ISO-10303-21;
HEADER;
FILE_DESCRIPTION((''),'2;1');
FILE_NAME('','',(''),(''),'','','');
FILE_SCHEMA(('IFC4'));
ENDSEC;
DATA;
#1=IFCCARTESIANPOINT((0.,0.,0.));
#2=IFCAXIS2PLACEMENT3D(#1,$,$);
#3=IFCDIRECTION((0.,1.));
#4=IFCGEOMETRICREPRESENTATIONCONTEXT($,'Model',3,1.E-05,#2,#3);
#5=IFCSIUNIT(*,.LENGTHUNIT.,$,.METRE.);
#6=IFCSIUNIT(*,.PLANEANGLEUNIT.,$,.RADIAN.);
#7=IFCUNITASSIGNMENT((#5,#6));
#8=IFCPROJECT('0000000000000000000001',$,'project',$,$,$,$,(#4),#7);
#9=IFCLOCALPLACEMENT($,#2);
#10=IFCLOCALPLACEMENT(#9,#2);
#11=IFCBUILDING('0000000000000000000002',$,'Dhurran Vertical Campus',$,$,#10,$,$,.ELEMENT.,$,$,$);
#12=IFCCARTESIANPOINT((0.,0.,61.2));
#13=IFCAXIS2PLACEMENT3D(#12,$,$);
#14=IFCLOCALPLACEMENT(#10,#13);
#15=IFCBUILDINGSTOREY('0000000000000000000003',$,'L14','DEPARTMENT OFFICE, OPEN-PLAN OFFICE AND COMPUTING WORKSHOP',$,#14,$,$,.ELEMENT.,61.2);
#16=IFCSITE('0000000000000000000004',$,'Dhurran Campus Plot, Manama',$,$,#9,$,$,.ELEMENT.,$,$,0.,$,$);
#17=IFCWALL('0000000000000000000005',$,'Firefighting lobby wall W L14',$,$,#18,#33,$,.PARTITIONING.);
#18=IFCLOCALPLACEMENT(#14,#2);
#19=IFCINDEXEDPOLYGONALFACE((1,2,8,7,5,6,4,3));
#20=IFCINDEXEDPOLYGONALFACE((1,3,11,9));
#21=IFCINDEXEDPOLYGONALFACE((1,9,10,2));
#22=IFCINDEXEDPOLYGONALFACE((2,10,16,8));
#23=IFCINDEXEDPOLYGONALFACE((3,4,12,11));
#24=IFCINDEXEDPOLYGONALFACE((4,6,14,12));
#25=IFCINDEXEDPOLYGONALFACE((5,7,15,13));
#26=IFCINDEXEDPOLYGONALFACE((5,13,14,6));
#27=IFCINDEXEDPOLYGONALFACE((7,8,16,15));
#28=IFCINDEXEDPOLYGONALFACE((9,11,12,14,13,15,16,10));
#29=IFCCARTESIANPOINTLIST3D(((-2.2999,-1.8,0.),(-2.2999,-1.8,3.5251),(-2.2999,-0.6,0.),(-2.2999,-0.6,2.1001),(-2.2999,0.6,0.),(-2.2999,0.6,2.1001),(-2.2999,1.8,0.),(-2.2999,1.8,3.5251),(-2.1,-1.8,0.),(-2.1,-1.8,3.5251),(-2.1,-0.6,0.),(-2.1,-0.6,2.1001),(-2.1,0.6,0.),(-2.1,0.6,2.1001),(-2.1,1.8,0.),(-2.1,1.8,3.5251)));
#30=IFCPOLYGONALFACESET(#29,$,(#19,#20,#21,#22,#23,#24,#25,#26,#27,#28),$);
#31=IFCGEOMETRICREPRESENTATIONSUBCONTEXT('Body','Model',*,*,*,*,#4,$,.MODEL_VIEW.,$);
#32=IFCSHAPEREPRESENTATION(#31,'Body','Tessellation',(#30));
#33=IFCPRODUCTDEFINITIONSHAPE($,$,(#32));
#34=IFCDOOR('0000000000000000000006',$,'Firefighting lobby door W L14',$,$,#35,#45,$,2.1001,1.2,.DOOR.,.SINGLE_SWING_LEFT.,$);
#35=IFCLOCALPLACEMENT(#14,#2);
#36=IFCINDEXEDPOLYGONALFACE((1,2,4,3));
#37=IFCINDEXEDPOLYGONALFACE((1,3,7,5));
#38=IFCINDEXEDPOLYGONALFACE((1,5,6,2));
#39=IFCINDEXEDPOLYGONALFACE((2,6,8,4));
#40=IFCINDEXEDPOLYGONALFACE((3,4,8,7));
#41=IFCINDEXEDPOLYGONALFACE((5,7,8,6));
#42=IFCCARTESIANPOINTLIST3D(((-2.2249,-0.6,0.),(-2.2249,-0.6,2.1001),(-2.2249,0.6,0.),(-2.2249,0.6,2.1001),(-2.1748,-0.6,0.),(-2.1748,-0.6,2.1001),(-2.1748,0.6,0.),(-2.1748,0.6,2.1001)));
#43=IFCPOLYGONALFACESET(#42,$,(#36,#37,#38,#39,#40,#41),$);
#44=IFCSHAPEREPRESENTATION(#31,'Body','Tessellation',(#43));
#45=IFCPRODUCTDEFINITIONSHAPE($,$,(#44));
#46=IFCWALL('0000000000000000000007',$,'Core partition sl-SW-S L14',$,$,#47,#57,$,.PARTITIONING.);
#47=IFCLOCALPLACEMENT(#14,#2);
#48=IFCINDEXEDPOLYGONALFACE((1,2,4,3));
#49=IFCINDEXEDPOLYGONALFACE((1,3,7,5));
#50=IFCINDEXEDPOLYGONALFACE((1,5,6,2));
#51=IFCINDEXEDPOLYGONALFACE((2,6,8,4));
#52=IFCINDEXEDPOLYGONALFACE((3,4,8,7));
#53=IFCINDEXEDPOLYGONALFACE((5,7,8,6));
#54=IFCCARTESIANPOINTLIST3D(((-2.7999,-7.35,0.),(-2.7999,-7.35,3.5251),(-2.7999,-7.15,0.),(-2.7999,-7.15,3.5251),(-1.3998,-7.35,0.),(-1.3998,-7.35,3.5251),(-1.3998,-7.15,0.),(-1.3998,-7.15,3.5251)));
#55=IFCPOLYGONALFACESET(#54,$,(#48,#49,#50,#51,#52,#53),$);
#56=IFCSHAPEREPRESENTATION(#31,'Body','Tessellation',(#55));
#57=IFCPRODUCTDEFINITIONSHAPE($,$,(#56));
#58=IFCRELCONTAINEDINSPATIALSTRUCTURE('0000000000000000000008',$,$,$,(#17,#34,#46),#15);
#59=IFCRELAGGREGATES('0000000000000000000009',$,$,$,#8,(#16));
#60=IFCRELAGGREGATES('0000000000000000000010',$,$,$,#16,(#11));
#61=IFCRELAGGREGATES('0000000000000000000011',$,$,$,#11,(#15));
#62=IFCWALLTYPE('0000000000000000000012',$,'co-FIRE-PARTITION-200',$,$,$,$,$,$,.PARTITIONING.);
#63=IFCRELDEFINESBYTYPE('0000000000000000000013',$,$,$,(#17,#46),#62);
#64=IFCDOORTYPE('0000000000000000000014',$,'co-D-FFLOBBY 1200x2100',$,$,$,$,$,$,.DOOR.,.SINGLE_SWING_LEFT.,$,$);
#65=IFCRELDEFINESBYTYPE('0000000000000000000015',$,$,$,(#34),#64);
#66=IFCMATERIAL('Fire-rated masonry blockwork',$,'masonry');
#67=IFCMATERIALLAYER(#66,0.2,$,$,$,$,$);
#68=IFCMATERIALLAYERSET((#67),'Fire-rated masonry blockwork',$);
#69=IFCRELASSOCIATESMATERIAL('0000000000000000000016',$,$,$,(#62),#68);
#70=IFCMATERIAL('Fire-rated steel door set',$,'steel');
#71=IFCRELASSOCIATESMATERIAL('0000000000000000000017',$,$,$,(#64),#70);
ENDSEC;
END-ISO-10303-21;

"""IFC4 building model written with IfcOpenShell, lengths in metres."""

from ifc_helpers import new_model, si_unit, direction, frame, frame_2d, origin, place, context, subcontext, project, spatial, rectangle, extrude, material, layer, layer_set, type_object, element, fill, save


model = new_model("IFC4")

# Units and contexts
model_context = context("Model", 3, precision=1e-05, world=origin(), true_north=direction((0.0, 1.0)))
body_context = subcontext(model_context, "Body", "Model", "MODEL_VIEW")
ifc_project = project(units=[si_unit("LENGTHUNIT", "METRE"), si_unit("PLANEANGLEUNIT", "RADIAN")], contexts=[model_context])

# Site, building, storey
site_placement = place(None, origin())
site = spatial("IfcSite", under=ifc_project, at=site_placement, Name="Dhurran Campus Plot, Manama", CompositionType="ELEMENT", RefElevation=0.0)
building_placement = place(site_placement, origin())
building = spatial("IfcBuilding", under=site, at=building_placement, Name="Dhurran Vertical Campus", CompositionType="ELEMENT")
storey_placement = place(building_placement, frame((0.0, 0.0, 61.2)))
storey = spatial("IfcBuildingStorey", under=building, at=storey_placement, Name="L14", Description="DEPARTMENT OFFICE, OPEN-PLAN OFFICE AND COMPUTING WORKSHOP", CompositionType="ELEMENT", Elevation=61.2)

# Wall, opening, door
ifc_material_1 = material(Name="Fire-rated masonry blockwork", Category="masonry")
ifc_layer_1 = layer(ifc_material_1, 0.2)
ifc_layer_set_1 = layer_set([ifc_layer_1], Name="Fire-rated masonry blockwork")
wall_type_1 = type_object("IfcWallType", Name="co-FIRE-PARTITION-200", PredefinedType="PARTITIONING", material=ifc_layer_set_1)
wall_1_placement = place(storey_placement, frame((-2.2, -1.8, 0.0), z_axis=(0.0, 0.0, 1.0), x_axis=(0.0, 1.0, 0.0)))
wall_1 = element("IfcWall", 1, at=wall_1_placement, inside=storey, type_object=wall_type_1, Name="Firefighting lobby wall W L14", PredefinedType="PARTITIONING", context=body_context, shape_type="SweptSolid", body=[
    extrude(rectangle(XDim=3.6001, YDim=0.2, at=frame_2d((1.8, 0.0))), origin(), (0.0, 0.0, 1.0), 3.5251),
])
opening_1_placement = place(wall_1_placement, frame((1.2, 0.0, 0.0)))
opening_1 = element("IfcOpeningElement", 2, at=opening_1_placement, cuts=wall_1, PredefinedType="OPENING", context=body_context, shape_type="SweptSolid", body=[
    extrude(rectangle(XDim=1.2, YDim=2.1001, at=frame_2d((0.6001, 1.05))), frame((0.0, 0.1099, 0.0), z_axis=(0.0, -1.0, 0.0), x_axis=(1.0, 0.0, 0.0)), (0.0, 0.0, 1.0), 0.22),
])
ifc_material_2 = material(Name="Fire-rated steel door set", Category="steel")
door_type_1 = type_object("IfcDoorType", Name="co-D-FFLOBBY 1200x2100", OperationType="SINGLE_SWING_LEFT", PredefinedType="DOOR", material=ifc_material_2)
door_1_placement = place(opening_1_placement, origin())
door_1 = element("IfcDoor", 3, at=door_1_placement, inside=storey, type_object=door_type_1, Name="Firefighting lobby door W L14", OperationType="SINGLE_SWING_LEFT", OverallHeight=2.1001, OverallWidth=1.2, PredefinedType="DOOR", context=body_context, shape_type="SweptSolid", body=[
    extrude(rectangle(XDim=1.2, YDim=2.1001, at=frame_2d((0.6001, 1.05))), frame((0.0, 0.0249, 0.0), z_axis=(0.0, -1.0, 0.0), x_axis=(1.0, 0.0, 0.0)), (0.0, 0.0, 1.0), 0.05),
])
fill(opening_1, door_1)

# Wall
wall_2_placement = place(storey_placement, frame((-2.8, -7.25, 0.0), z_axis=(0.0, 0.0, 1.0), x_axis=(1.0, 0.0, 0.0)))
element("IfcWall", 4, at=wall_2_placement, inside=storey, type_object=wall_type_1, Name="Core partition sl-SW-S L14", PredefinedType="PARTITIONING", context=body_context, shape_type="SweptSolid", body=[
    extrude(rectangle(XDim=1.4001, YDim=0.2, at=frame_2d((0.7002, 0.0))), origin(), (0.0, 0.0, 1.0), 3.5251),
])

save(model, "model.ifc")
